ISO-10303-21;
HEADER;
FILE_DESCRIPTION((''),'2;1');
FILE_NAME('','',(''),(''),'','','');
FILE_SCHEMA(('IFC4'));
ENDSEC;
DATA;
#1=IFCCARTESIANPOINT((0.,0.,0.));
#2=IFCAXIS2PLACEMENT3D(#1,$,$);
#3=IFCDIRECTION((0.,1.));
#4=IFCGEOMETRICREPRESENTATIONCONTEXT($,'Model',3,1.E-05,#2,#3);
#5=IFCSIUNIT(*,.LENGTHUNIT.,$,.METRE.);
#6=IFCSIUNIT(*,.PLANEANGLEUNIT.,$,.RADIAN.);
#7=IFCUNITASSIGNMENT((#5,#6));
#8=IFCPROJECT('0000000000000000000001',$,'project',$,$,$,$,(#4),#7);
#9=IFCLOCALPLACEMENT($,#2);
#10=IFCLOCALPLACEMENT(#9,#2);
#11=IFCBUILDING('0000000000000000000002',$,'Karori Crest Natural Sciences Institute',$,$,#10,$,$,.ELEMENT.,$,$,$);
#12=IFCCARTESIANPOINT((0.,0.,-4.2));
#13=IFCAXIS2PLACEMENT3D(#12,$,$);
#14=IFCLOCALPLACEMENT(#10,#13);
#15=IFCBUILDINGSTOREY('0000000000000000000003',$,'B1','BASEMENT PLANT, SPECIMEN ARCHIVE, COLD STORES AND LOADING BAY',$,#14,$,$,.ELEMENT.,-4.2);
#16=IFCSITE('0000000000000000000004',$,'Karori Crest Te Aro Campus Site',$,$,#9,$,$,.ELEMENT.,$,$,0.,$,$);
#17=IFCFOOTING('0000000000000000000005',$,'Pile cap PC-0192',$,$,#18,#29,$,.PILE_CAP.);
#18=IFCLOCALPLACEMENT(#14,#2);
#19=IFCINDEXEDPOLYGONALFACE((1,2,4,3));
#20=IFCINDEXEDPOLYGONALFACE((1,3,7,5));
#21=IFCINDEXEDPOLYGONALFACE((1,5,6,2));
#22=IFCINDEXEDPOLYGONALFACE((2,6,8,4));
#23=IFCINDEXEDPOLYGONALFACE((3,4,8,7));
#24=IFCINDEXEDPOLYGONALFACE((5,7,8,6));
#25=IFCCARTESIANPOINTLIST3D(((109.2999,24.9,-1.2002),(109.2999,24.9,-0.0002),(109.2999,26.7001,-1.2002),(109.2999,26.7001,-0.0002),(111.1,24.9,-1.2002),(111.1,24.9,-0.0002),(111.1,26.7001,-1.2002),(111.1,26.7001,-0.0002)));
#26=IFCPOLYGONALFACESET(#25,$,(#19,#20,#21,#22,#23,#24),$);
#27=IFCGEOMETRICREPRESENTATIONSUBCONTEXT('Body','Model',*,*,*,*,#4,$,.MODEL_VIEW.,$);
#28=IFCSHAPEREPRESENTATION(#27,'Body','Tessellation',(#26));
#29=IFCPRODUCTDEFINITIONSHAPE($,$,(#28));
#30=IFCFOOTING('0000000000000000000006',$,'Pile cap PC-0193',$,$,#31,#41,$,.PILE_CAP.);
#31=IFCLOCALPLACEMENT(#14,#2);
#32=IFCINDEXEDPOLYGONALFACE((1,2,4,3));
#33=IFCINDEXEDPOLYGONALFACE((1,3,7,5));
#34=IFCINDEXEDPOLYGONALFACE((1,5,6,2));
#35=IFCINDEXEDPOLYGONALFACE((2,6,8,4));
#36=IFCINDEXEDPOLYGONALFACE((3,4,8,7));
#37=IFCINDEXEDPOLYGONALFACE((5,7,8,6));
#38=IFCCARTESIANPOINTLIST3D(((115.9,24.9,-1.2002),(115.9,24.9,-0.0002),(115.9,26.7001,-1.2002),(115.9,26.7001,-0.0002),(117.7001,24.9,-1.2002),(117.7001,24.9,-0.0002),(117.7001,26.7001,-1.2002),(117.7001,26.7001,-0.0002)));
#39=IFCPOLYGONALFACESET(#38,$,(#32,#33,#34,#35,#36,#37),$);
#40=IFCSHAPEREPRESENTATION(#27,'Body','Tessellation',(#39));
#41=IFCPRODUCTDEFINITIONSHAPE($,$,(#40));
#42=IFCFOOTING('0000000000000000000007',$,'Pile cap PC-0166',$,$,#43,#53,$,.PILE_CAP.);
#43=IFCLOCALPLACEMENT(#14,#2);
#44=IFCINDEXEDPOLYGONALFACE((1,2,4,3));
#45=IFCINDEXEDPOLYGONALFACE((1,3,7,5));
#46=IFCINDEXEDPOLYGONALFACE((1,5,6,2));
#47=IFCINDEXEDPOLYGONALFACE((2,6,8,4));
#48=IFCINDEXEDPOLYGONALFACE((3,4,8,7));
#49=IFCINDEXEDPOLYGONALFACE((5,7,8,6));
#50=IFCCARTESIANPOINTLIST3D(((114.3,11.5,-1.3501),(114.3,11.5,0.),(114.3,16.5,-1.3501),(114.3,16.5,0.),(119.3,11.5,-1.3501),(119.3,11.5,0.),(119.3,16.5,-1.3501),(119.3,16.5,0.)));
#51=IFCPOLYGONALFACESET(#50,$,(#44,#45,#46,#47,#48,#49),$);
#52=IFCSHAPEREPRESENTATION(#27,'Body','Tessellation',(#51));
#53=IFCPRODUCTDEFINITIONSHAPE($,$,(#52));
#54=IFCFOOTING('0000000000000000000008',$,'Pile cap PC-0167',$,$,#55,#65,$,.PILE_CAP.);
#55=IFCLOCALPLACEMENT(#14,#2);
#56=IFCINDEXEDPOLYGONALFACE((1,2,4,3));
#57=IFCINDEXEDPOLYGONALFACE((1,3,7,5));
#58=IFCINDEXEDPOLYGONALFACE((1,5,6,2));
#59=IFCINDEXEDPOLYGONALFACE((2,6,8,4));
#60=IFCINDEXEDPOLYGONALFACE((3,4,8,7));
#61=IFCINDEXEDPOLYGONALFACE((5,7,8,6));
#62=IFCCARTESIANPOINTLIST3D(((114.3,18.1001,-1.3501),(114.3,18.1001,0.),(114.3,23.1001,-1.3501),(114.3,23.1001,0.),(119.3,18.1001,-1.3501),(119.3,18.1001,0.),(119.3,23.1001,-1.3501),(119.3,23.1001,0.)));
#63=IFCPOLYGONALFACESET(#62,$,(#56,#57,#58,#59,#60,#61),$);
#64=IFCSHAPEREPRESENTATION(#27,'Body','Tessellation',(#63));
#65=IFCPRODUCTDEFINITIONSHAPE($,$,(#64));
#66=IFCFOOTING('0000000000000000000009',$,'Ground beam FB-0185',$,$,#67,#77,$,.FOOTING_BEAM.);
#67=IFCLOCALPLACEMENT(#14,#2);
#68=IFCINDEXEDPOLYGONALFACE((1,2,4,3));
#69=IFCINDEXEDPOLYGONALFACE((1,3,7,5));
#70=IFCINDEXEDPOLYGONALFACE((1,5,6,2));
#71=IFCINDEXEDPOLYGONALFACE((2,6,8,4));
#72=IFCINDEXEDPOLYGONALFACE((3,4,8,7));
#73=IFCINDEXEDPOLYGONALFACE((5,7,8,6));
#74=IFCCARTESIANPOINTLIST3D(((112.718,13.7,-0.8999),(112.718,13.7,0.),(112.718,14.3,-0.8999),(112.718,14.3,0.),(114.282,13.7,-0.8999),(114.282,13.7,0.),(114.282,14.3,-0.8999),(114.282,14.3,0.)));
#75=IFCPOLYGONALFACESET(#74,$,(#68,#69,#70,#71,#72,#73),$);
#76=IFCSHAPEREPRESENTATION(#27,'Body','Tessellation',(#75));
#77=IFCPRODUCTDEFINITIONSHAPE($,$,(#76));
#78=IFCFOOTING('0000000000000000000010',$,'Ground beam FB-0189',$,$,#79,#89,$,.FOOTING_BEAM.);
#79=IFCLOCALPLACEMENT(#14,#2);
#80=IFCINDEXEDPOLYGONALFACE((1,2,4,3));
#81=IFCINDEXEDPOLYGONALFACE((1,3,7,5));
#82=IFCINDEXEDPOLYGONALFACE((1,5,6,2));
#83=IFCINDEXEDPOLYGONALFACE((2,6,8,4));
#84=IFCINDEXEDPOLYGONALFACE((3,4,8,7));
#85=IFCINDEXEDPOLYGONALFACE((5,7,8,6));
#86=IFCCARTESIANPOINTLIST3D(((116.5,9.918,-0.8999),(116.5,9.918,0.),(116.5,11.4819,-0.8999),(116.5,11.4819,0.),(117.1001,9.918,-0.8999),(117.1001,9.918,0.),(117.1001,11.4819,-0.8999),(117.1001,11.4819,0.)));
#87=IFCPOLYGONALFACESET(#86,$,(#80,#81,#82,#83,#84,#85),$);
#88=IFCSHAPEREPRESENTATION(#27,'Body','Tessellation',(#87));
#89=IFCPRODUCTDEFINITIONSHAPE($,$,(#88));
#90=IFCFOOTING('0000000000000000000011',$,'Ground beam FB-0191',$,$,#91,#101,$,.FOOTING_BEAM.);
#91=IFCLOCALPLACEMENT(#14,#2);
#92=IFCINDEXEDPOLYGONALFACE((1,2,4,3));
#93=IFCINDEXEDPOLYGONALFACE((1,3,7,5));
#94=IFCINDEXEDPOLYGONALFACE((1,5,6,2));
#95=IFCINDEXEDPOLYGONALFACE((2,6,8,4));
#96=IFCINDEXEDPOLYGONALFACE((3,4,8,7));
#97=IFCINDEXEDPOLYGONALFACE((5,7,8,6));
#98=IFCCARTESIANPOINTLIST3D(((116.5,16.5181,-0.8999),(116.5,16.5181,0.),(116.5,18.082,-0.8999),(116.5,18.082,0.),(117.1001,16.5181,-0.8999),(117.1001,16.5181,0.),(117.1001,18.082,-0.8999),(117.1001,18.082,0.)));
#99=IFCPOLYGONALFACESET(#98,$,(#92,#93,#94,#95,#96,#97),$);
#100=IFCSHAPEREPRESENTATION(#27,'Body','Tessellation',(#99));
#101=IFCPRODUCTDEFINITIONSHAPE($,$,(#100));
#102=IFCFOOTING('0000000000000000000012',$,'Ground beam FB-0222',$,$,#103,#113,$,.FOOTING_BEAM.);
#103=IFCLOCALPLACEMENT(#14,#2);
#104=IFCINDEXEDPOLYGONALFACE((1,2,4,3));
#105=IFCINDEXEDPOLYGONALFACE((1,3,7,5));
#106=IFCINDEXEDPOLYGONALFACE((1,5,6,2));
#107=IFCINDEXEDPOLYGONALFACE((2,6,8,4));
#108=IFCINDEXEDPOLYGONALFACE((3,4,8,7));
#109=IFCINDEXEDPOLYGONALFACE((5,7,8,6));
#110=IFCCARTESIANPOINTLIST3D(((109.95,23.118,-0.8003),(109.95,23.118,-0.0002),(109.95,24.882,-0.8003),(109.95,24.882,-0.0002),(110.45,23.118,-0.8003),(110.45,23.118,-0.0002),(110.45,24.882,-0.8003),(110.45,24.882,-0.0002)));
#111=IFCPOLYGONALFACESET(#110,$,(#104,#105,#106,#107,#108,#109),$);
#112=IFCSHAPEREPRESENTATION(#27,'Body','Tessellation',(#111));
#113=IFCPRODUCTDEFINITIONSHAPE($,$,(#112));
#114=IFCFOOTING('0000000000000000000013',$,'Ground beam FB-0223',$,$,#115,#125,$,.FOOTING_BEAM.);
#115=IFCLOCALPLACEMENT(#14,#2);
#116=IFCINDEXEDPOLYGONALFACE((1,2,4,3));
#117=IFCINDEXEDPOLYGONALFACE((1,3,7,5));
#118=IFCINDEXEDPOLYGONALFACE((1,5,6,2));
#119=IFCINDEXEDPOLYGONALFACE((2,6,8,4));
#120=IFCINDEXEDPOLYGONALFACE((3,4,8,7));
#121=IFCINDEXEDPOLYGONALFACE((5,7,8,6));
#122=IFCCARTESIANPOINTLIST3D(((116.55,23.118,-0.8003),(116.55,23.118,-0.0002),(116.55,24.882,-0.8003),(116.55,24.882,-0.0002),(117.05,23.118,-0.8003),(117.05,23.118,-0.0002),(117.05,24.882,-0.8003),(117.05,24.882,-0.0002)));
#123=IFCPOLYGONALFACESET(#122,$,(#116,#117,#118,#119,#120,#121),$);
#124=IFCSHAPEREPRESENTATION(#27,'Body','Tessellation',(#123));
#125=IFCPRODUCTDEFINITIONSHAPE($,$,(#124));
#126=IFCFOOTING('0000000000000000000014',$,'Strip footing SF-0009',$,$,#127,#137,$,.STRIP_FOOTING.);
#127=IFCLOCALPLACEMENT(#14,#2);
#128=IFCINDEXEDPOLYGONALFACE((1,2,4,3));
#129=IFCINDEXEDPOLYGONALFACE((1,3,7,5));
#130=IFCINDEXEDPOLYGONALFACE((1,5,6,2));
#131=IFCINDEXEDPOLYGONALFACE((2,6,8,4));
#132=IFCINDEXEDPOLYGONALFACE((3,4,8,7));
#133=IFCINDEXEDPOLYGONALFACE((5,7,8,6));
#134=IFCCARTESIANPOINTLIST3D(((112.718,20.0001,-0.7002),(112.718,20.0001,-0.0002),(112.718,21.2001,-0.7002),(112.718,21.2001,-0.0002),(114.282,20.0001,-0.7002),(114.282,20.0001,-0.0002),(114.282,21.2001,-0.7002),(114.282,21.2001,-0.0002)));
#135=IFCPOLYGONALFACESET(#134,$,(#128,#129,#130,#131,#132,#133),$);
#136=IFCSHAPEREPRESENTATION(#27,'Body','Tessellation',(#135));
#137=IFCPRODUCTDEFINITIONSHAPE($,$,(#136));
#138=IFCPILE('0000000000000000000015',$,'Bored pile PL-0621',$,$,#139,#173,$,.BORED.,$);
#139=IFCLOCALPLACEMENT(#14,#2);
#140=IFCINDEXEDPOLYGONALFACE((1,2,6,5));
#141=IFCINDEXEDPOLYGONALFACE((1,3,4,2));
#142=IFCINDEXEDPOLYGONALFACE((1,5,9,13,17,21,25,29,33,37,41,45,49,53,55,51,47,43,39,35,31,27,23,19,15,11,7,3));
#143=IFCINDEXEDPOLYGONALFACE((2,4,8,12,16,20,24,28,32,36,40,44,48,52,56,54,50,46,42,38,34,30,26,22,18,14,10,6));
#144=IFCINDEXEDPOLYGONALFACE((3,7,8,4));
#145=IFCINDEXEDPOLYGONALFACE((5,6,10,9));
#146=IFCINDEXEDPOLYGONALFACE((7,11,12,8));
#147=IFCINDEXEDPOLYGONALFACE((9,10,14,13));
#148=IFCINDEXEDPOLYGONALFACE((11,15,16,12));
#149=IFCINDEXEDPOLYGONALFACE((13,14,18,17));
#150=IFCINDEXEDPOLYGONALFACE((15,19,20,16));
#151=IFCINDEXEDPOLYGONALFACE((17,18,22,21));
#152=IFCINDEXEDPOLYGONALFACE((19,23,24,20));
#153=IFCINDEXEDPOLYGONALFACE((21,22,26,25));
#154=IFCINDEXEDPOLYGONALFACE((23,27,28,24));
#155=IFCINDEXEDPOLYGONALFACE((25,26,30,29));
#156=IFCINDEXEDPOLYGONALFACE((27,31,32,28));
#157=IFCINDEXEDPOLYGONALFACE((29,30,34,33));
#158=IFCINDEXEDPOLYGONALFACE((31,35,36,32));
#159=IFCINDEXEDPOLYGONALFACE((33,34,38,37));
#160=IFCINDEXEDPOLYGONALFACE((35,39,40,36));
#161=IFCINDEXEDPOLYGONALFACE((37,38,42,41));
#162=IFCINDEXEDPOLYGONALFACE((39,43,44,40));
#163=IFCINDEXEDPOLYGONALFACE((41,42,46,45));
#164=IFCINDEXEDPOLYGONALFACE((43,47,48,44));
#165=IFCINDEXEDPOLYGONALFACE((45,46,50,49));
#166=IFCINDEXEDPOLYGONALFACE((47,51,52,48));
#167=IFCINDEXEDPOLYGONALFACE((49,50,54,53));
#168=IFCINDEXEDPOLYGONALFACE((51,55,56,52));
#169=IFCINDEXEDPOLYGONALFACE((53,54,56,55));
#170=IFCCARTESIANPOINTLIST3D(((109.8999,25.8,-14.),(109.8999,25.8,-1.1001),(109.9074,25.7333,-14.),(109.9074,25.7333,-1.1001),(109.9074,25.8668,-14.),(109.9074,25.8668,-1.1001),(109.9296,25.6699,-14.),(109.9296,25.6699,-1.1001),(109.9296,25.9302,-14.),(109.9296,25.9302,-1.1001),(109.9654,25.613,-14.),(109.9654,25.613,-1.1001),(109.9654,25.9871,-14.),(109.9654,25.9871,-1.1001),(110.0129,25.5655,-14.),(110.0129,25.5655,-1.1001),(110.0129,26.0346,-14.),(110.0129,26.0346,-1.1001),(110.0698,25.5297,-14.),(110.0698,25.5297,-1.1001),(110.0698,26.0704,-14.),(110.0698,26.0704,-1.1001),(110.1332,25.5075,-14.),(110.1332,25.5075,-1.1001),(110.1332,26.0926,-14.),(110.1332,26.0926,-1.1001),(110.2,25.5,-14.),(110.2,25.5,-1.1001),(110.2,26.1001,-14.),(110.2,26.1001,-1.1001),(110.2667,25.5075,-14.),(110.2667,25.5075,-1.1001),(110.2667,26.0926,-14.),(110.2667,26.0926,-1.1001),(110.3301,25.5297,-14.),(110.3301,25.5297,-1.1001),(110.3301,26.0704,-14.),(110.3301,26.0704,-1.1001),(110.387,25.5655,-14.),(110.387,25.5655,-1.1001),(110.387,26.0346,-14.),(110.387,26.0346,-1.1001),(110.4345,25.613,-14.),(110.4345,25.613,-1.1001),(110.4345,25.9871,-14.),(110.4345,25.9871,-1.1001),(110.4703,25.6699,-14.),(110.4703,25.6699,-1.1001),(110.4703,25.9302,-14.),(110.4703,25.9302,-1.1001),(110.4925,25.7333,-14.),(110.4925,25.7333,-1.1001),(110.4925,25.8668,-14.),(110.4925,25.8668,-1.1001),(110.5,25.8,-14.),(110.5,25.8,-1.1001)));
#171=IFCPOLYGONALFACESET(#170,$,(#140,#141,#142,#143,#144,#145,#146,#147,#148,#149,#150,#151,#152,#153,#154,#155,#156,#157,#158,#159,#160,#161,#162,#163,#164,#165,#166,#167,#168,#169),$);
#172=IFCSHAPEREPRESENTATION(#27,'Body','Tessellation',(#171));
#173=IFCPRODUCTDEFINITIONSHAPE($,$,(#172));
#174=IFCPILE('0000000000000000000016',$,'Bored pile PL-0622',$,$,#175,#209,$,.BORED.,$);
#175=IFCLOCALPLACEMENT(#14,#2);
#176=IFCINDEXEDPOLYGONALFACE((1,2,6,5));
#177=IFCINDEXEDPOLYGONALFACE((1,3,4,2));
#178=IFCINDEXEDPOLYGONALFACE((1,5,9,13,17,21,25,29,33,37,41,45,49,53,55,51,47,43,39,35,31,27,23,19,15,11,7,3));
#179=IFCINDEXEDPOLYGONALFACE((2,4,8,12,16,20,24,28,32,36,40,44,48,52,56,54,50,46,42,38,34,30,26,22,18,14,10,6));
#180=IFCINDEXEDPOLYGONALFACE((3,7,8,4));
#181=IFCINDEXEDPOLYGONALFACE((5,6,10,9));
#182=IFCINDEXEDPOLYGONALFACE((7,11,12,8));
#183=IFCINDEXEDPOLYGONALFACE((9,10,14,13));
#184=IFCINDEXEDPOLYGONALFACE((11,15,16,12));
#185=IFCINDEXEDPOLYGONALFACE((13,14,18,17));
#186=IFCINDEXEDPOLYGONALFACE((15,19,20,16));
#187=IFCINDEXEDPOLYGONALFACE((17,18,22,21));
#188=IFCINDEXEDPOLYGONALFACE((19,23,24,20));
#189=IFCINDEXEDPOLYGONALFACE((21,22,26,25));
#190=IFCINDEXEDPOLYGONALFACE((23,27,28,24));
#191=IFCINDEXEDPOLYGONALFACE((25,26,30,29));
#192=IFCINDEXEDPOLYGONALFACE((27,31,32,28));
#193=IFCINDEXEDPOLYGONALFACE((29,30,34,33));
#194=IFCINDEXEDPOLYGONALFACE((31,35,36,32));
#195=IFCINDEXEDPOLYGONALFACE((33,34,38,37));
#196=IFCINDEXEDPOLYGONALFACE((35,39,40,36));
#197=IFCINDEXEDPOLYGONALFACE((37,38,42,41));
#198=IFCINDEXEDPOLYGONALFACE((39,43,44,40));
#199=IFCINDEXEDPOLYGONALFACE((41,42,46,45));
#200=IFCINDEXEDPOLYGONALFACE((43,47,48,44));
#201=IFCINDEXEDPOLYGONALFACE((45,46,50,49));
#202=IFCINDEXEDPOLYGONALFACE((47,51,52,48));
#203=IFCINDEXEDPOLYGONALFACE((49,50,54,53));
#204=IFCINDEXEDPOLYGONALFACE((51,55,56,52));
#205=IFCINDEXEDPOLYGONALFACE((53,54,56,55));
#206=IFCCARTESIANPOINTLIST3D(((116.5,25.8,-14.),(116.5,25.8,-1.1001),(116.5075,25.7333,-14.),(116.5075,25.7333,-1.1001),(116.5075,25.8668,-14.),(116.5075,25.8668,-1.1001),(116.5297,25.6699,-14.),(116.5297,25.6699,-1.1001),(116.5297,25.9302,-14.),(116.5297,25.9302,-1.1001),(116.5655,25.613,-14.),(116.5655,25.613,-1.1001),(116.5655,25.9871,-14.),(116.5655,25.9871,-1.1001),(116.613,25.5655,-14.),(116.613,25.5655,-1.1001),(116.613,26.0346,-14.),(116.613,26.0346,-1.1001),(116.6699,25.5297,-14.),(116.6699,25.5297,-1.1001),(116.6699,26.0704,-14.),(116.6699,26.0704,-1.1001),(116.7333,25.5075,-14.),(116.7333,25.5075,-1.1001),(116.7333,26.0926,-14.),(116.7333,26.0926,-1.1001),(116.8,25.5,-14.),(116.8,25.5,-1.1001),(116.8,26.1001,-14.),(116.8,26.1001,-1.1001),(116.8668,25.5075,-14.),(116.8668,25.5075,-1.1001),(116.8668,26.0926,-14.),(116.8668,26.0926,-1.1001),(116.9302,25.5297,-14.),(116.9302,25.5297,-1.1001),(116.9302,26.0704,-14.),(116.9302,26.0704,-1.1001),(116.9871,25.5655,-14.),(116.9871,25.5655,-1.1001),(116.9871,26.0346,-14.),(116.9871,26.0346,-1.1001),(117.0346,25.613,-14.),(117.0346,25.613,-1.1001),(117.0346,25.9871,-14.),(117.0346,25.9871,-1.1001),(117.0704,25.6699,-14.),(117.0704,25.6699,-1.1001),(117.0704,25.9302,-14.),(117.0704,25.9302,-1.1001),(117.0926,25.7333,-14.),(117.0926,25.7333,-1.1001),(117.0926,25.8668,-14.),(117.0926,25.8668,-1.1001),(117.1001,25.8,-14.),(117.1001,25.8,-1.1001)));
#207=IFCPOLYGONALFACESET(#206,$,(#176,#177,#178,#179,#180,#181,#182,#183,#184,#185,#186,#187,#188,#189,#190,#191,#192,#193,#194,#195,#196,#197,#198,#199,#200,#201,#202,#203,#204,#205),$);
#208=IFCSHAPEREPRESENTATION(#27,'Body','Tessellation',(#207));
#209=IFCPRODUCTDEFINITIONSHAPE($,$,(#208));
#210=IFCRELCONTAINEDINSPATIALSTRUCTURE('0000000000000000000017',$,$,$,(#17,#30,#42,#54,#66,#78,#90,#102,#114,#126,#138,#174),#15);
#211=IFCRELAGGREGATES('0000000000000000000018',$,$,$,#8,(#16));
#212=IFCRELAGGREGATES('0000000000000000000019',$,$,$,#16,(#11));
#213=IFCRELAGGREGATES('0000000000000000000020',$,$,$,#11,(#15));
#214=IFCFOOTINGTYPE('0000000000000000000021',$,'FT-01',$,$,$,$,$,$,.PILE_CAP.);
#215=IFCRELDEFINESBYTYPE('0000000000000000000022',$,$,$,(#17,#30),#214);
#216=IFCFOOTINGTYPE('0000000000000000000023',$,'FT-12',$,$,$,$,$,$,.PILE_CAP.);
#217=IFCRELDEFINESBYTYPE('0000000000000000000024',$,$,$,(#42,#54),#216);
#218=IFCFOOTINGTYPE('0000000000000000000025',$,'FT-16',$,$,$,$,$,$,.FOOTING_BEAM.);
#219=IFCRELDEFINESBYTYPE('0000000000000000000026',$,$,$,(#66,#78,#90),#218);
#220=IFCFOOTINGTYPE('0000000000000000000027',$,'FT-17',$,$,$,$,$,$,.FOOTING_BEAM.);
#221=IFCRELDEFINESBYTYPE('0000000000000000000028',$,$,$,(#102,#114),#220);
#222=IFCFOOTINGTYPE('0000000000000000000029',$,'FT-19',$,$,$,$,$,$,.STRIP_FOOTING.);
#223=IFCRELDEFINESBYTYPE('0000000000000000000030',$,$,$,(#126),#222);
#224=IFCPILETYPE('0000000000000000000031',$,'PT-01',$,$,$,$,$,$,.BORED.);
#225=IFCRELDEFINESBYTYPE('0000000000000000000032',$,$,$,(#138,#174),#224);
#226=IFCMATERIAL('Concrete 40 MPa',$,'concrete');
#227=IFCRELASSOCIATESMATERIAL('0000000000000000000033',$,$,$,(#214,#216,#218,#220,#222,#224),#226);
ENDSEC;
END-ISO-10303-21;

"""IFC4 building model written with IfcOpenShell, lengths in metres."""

from ifc_helpers import new_model, si_unit, direction, frame, origin, origin_2d, place, context, subcontext, project, spatial, rectangle, circle, extrude, material, material_profile, profile_set, type_object, element, save


model = new_model("IFC4")

# Units and contexts
model_context = context("Model", 3, precision=1e-05, world=origin(), true_north=direction((0.0, 1.0)))
body_context = subcontext(model_context, "Body", "Model", "MODEL_VIEW")
ifc_project = project(units=[si_unit("LENGTHUNIT", "METRE"), si_unit("PLANEANGLEUNIT", "RADIAN")], contexts=[model_context])

# Site, building, storey
site_placement = place(None, origin())
site = spatial("IfcSite", under=ifc_project, at=site_placement, Name="Karori Crest Te Aro Campus Site", CompositionType="ELEMENT", RefElevation=0.0)
building_placement = place(site_placement, origin())
building = spatial("IfcBuilding", under=site, at=building_placement, Name="Karori Crest Natural Sciences Institute", CompositionType="ELEMENT")
storey_placement = place(building_placement, frame((0.0, 0.0, -4.2)))
storey = spatial("IfcBuildingStorey", under=building, at=storey_placement, Name="B1", Description="BASEMENT PLANT, SPECIMEN ARCHIVE, COLD STORES AND LOADING BAY", CompositionType="ELEMENT", Elevation=-4.2)

# Footings
ifc_material_1 = material(Name="Concrete 40 MPa", Category="concrete")
footing_type_1 = type_object("IfcFootingType", Name="FT-01", PredefinedType="PILE_CAP", material=ifc_material_1)
for number, where, z_axis, x_axis, name in (
    (1, (110.2, 25.8, -1.2002), (0.0, 0.0, 1.0), (1.0, 0.0, 0.0), "Pile cap PC-0192"),
    (2, (116.8, 25.8, -1.2002), (0.0, 0.0, 1.0), (1.0, 0.0, 0.0), "Pile cap PC-0193"),
):
    element("IfcFooting", number, at=place(storey_placement, frame(where, z_axis=z_axis, x_axis=x_axis)), inside=storey, type_object=footing_type_1, Name=name, PredefinedType="PILE_CAP", context=body_context, shape_type="SweptSolid", body=[
        extrude(rectangle(XDim=1.8, YDim=1.8, at=origin_2d()), origin(), (0.0, 0.0, 1.0), 1.2),
    ])
footing_type_2 = type_object("IfcFootingType", Name="FT-12", PredefinedType="PILE_CAP", material=ifc_material_1)
for number, where, z_axis, x_axis, name in (
    (3, (116.8, 14.0, -1.3501), (0.0, 0.0, 1.0), (1.0, 0.0, 0.0), "Pile cap PC-0166"),
    (4, (116.8, 20.6001, -1.3501), (0.0, 0.0, 1.0), (1.0, 0.0, 0.0), "Pile cap PC-0167"),
):
    element("IfcFooting", number, at=place(storey_placement, frame(where, z_axis=z_axis, x_axis=x_axis)), inside=storey, type_object=footing_type_2, Name=name, PredefinedType="PILE_CAP", context=body_context, shape_type="SweptSolid", body=[
        extrude(rectangle(XDim=5.0, YDim=5.0, at=origin_2d()), origin(), (0.0, 0.0, 1.0), 1.3501),
    ])
footing_type_3 = type_object("IfcFootingType", Name="FT-16", PredefinedType="FOOTING_BEAM", material=ifc_material_1)
for number, where, z_axis, x_axis, name in (
    (5, (113.5, 14.0, -0.8999), (0.0, 0.0, 1.0), (1.0, 0.0, 0.0), "Ground beam FB-0185"),
    (6, (116.8, 10.7, -0.8999), (0.0, 0.0, 1.0), (0.0, 1.0, 0.0), "Ground beam FB-0189"),
    (7, (116.8, 17.3, -0.8999), (0.0, 0.0, 1.0), (0.0, 1.0, 0.0), "Ground beam FB-0191"),
):
    element("IfcFooting", number, at=place(storey_placement, frame(where, z_axis=z_axis, x_axis=x_axis)), inside=storey, type_object=footing_type_3, Name=name, PredefinedType="FOOTING_BEAM", context=body_context, shape_type="SweptSolid", body=[
        extrude(rectangle(XDim=1.564, YDim=0.6001, at=origin_2d()), origin(), (0.0, 0.0, 1.0), 0.8999),
    ])
footing_type_4 = type_object("IfcFootingType", Name="FT-17", PredefinedType="FOOTING_BEAM", material=ifc_material_1)
for number, where, z_axis, x_axis, name in (
    (8, (110.2, 24.0, -0.8003), (0.0, 0.0, 1.0), (0.0, 1.0, 0.0), "Ground beam FB-0222"),
    (9, (116.8, 24.0, -0.8003), (0.0, 0.0, 1.0), (0.0, 1.0, 0.0), "Ground beam FB-0223"),
):
    element("IfcFooting", number, at=place(storey_placement, frame(where, z_axis=z_axis, x_axis=x_axis)), inside=storey, type_object=footing_type_4, Name=name, PredefinedType="FOOTING_BEAM", context=body_context, shape_type="SweptSolid", body=[
        extrude(rectangle(XDim=1.7639, YDim=0.5, at=origin_2d()), origin(), (0.0, 0.0, 1.0), 0.8),
    ])
footing_type_5 = type_object("IfcFootingType", Name="FT-19", PredefinedType="STRIP_FOOTING", material=ifc_material_1)
footing_placement = place(storey_placement, frame((113.5, 20.6001, -0.7002), z_axis=(0.0, 0.0, 1.0), x_axis=(1.0, 0.0, 0.0)))
element("IfcFooting", 10, at=footing_placement, inside=storey, type_object=footing_type_5, Name="Strip footing SF-0009", PredefinedType="STRIP_FOOTING", context=body_context, shape_type="SweptSolid", body=[
    extrude(rectangle(XDim=1.564, YDim=1.2, at=origin_2d()), origin(), (0.0, 0.0, 1.0), 0.7),
])

# Piles
ifc_material_profile_1 = material_profile(ifc_material_1, circle(Radius=0.3, at=origin_2d()), Name="PILE600")
ifc_profile_set_1 = profile_set([ifc_material_profile_1], Name="Concrete 40 MPa")
pile_type_1 = type_object("IfcPileType", Name="PT-01", PredefinedType="BORED", material=ifc_profile_set_1)
for number, where, z_axis, x_axis, name in (
    (11, (110.2, 25.8, -1.1001), (0.0, 0.0, -1.0), (1.0, 0.0, 0.0), "Bored pile PL-0621"),
    (12, (116.8, 25.8, -1.1001), (0.0, 0.0, -1.0), (1.0, 0.0, 0.0), "Bored pile PL-0622"),
):
    element("IfcPile", number, at=place(storey_placement, frame(where, z_axis=z_axis, x_axis=x_axis)), inside=storey, type_object=pile_type_1, Name=name, PredefinedType="BORED", context=body_context, shape_type="SweptSolid", body=[
        extrude(circle(Radius=0.3, at=origin_2d()), origin(), (0.0, 0.0, 1.0), 12.8999),
    ])

save(model, "model.ifc")
